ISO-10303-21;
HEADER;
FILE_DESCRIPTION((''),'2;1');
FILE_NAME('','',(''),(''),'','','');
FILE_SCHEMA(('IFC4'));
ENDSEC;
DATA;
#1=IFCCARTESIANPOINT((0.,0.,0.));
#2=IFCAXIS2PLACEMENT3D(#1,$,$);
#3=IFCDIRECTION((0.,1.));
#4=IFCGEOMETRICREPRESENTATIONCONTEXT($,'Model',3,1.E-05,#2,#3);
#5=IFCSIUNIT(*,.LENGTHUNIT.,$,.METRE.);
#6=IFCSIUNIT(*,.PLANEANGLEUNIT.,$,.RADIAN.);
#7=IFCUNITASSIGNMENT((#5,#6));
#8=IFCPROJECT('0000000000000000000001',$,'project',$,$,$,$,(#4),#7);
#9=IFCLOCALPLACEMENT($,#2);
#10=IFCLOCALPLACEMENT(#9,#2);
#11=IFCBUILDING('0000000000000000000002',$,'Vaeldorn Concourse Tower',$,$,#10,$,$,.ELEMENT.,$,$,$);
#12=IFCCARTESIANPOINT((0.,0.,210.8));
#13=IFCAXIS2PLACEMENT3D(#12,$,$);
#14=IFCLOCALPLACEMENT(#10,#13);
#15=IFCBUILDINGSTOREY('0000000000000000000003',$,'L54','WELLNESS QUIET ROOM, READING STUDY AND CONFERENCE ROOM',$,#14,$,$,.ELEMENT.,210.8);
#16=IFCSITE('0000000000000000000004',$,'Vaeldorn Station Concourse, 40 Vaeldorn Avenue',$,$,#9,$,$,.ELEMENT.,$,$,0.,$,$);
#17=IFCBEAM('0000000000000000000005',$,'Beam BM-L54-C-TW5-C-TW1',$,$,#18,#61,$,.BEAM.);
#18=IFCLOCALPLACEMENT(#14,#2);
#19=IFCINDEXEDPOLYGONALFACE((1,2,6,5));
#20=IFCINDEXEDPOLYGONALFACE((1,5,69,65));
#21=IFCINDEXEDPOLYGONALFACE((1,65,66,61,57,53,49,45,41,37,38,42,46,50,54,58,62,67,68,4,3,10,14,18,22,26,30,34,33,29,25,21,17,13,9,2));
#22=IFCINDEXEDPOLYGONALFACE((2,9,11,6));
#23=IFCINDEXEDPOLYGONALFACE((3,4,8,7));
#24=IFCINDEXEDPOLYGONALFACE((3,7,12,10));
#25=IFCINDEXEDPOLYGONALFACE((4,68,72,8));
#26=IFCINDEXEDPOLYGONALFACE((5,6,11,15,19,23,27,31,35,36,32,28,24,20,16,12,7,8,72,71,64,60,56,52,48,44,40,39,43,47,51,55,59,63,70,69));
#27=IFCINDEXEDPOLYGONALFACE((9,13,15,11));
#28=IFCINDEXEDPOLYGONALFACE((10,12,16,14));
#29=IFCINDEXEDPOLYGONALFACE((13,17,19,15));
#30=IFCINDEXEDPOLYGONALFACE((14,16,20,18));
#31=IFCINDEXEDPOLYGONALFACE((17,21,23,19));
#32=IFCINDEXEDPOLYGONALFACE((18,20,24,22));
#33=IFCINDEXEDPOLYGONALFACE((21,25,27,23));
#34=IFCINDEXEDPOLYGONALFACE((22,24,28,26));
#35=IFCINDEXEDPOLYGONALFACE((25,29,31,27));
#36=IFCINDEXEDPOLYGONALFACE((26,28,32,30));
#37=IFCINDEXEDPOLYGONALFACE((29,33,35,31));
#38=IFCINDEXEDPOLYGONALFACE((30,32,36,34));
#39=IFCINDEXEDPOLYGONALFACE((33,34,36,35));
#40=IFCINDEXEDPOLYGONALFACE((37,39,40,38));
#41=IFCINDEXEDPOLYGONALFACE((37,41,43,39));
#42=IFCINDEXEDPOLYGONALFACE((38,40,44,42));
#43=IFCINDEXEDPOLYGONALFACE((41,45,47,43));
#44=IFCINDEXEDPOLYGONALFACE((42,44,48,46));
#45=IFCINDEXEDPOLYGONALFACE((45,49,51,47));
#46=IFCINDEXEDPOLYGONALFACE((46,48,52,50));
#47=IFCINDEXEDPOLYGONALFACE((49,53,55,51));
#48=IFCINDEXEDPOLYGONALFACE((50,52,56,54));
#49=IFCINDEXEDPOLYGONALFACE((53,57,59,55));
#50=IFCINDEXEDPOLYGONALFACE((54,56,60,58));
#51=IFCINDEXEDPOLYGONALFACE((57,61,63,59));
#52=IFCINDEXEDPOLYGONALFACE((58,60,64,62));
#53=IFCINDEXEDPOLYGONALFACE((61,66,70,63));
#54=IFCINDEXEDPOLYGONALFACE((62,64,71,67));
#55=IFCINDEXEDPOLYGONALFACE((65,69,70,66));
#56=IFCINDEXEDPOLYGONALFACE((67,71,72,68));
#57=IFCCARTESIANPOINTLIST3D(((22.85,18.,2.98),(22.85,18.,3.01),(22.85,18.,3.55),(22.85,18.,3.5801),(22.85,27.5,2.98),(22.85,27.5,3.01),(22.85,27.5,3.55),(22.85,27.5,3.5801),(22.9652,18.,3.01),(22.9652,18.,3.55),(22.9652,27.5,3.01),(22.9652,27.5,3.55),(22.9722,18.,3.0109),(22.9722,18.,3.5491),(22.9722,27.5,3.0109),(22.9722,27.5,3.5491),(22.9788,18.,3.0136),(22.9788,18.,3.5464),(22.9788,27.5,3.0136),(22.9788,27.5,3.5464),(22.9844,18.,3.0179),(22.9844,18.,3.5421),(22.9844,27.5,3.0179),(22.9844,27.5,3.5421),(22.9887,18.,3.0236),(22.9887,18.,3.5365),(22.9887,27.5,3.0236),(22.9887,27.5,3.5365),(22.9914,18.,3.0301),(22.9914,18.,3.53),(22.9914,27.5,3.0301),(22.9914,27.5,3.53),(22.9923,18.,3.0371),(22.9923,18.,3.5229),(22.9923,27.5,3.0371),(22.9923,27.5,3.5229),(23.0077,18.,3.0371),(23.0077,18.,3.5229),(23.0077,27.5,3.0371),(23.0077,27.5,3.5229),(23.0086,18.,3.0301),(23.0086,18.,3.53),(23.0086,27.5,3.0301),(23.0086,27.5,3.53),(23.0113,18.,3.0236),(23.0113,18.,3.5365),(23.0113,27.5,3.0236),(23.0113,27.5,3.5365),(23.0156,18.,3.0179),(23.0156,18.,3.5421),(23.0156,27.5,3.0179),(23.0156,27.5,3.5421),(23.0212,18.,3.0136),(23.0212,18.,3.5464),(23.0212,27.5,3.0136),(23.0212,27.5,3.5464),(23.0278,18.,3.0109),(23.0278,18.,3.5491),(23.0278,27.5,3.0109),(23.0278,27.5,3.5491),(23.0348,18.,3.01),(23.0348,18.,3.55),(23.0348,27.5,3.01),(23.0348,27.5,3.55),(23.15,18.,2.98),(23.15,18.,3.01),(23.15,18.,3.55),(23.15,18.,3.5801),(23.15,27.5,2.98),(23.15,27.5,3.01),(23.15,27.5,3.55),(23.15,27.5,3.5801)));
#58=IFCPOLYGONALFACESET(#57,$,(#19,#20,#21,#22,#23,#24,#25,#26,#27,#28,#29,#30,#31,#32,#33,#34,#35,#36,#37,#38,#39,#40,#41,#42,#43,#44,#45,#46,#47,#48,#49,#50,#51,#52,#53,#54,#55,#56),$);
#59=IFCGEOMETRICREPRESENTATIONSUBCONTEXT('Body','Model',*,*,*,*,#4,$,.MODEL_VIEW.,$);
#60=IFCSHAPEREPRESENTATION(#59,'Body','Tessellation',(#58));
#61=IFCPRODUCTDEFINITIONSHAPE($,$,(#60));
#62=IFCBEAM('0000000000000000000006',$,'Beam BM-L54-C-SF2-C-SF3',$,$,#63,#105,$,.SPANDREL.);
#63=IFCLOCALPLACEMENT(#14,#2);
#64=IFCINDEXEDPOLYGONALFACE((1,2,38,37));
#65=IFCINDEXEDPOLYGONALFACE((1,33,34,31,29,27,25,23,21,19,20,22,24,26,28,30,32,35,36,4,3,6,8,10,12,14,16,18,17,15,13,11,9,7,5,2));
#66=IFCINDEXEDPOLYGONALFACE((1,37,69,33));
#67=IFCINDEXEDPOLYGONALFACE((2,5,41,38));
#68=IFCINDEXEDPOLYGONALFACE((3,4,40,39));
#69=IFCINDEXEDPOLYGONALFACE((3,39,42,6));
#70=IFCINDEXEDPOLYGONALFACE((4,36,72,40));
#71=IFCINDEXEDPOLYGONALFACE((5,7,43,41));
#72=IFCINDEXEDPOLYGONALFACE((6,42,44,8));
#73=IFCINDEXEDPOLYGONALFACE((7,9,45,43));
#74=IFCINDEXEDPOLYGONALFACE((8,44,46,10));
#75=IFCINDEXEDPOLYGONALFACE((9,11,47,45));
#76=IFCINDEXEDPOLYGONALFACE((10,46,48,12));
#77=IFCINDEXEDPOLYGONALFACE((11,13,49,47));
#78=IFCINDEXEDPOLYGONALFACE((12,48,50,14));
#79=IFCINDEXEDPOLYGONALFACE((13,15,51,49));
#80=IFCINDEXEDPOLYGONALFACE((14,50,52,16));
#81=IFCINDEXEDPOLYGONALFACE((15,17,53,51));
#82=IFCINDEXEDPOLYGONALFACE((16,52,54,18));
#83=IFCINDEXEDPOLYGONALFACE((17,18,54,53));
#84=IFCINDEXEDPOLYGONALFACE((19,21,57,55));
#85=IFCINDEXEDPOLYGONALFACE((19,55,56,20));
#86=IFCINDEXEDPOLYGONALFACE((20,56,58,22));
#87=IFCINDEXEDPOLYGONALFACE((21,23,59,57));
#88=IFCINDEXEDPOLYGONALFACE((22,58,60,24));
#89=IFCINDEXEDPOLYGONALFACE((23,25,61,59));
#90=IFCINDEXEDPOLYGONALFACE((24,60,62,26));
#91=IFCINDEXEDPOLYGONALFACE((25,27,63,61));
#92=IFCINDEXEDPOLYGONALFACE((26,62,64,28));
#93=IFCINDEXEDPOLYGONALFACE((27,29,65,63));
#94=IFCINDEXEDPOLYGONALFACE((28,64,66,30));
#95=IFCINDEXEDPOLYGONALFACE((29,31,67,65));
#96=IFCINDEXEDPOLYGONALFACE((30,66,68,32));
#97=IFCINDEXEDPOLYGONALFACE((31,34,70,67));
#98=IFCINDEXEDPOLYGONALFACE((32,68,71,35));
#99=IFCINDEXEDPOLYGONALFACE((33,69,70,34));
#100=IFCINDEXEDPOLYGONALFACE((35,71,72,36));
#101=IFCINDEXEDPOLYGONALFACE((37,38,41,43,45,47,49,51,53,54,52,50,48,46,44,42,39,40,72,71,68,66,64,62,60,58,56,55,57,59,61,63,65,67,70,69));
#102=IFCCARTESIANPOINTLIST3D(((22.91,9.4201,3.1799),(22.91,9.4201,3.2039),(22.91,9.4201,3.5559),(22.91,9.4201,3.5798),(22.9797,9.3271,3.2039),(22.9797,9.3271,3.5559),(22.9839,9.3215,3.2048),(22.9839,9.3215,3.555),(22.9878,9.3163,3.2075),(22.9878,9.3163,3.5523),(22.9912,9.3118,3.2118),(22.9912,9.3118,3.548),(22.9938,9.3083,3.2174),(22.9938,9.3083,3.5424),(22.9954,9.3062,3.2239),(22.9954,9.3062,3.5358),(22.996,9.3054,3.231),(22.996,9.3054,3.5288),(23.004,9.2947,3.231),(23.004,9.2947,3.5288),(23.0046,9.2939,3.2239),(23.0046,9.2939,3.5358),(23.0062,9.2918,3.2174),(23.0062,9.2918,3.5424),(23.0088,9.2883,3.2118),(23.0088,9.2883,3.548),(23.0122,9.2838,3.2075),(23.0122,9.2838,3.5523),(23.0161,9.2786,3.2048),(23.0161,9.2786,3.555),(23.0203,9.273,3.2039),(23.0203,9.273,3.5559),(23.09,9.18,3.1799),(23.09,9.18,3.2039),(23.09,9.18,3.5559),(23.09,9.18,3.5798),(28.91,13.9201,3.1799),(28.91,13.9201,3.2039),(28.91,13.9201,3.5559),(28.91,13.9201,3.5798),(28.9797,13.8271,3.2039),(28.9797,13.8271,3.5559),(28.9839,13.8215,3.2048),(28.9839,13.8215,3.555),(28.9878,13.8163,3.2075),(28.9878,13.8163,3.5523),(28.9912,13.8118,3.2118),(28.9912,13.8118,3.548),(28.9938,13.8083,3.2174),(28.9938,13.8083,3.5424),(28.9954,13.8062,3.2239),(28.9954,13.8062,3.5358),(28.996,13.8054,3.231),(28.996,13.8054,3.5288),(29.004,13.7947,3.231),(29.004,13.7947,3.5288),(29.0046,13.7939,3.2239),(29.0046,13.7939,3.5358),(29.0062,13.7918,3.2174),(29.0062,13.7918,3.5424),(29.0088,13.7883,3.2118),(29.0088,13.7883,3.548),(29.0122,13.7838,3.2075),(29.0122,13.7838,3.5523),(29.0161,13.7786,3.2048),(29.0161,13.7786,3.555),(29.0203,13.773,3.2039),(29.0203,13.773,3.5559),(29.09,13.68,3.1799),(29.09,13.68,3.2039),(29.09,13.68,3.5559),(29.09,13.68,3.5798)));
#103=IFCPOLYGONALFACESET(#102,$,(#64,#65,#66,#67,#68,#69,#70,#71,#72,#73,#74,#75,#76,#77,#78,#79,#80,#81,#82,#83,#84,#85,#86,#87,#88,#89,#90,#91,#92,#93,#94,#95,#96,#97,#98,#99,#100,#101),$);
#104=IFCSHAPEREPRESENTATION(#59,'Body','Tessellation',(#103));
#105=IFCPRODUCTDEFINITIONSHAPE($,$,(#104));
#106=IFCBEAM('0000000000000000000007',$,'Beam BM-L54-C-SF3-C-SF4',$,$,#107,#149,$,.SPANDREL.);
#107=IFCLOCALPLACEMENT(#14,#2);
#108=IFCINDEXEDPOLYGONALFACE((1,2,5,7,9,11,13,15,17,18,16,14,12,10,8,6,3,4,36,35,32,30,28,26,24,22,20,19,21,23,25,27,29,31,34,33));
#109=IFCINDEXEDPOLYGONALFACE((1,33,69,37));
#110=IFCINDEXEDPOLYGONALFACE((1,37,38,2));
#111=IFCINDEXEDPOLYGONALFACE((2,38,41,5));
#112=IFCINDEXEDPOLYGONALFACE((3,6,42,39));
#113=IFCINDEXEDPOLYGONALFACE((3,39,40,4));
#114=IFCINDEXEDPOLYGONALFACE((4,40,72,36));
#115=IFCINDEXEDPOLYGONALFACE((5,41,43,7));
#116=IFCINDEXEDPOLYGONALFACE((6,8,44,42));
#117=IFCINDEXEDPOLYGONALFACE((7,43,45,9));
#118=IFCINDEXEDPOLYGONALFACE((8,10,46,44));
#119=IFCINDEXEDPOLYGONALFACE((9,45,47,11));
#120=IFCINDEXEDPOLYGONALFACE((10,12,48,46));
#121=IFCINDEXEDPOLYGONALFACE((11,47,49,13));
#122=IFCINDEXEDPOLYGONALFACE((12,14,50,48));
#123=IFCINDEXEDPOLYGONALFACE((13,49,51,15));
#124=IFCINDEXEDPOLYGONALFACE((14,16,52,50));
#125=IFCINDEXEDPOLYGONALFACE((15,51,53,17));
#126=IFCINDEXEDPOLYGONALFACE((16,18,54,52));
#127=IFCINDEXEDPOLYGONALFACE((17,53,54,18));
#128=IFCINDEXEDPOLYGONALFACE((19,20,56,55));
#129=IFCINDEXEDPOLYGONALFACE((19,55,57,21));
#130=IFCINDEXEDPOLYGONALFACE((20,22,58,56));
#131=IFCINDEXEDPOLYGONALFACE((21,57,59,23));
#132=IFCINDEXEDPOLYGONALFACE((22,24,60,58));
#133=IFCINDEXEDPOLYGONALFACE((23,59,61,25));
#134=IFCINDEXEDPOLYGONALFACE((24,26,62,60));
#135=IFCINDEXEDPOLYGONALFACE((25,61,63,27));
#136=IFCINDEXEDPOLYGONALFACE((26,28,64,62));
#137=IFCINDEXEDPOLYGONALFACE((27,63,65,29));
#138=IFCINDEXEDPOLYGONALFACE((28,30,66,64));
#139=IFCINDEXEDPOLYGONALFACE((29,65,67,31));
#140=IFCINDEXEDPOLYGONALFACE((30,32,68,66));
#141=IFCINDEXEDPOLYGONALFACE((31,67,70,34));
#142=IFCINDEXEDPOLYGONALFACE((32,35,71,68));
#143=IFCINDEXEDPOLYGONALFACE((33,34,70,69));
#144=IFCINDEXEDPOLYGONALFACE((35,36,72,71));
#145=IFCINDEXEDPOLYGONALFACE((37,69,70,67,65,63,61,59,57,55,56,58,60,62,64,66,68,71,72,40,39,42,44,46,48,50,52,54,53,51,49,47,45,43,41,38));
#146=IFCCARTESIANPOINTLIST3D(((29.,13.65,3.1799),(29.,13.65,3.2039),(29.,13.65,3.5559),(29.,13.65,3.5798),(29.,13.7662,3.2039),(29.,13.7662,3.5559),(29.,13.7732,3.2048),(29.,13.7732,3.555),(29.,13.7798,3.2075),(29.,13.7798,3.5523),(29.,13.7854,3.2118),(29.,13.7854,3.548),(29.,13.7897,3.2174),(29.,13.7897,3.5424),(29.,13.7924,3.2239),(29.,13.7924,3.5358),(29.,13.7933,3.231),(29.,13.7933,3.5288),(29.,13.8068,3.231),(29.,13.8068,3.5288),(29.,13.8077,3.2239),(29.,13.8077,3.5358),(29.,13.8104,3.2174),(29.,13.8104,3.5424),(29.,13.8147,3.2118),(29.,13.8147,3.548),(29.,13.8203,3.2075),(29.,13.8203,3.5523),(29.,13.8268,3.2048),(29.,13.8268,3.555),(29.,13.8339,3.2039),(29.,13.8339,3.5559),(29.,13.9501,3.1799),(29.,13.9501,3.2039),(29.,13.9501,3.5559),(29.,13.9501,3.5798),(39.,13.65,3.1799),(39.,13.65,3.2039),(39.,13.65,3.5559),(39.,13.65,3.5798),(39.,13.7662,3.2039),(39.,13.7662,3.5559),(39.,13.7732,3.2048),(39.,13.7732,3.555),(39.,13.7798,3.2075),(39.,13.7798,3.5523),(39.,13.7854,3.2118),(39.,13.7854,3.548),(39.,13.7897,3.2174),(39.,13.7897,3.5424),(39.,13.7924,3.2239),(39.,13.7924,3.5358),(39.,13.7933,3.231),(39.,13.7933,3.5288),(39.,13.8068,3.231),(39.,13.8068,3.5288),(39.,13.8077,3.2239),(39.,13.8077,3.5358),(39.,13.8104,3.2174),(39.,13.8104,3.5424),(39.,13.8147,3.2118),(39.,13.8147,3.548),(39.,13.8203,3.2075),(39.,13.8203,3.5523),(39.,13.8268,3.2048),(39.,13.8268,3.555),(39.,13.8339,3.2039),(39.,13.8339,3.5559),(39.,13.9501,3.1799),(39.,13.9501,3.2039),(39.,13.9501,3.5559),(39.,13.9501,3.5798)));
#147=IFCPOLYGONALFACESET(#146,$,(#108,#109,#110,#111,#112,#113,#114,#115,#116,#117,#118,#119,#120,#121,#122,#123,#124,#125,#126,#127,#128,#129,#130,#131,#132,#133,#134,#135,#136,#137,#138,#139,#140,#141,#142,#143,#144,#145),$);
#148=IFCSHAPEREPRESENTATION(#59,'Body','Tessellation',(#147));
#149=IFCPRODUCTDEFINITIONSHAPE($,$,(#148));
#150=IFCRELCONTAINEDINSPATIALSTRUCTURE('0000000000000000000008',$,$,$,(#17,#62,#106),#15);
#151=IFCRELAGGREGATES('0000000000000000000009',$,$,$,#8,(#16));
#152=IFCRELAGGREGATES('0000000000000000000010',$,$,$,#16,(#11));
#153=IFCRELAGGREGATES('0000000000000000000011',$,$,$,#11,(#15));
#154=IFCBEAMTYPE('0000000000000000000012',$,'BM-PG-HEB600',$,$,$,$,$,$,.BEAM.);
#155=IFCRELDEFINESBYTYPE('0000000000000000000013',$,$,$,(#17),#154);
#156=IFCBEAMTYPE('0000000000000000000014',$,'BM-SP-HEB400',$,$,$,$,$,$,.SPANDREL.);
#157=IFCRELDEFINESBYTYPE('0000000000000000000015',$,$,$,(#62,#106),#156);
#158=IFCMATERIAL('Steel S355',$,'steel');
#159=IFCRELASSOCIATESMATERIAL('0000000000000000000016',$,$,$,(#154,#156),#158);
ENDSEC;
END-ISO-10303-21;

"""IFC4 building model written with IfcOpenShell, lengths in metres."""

from ifc_helpers import new_model, si_unit, direction, frame, origin, origin_2d, place, context, subcontext, project, spatial, i_section, extrude, source, transform, mapped, material, material_profile, profile_set, type_object, element, save


model = new_model("IFC4")

# Units and contexts
model_context = context("Model", 3, precision=1e-05, world=origin(), true_north=direction((0.0, 1.0)))
body_context = subcontext(model_context, "Body", "Model", "MODEL_VIEW")
ifc_project = project(units=[si_unit("LENGTHUNIT", "METRE"), si_unit("PLANEANGLEUNIT", "RADIAN")], contexts=[model_context])

# Site, building, storey
site_placement = place(None, origin())
site = spatial("IfcSite", under=ifc_project, at=site_placement, Name="Vaeldorn Station Concourse, 40 Vaeldorn Avenue", CompositionType="ELEMENT", RefElevation=0.0)
building_placement = place(site_placement, origin())
building = spatial("IfcBuilding", under=site, at=building_placement, Name="Vaeldorn Concourse Tower", CompositionType="ELEMENT")
storey_placement = place(building_placement, frame((0.0, 0.0, 210.8)))
storey = spatial("IfcBuildingStorey", under=building, at=storey_placement, Name="L54", Description="WELLNESS QUIET ROOM, READING STUDY AND CONFERENCE ROOM", CompositionType="ELEMENT", Elevation=210.8)

# Shared definitions
ifc_material_1 = material(Name="Steel S355", Category="steel")

# Beams
ifc_material_profile_1 = material_profile(ifc_material_1, i_section(OverallWidth=0.3, OverallDepth=0.6001, WebThickness=0.0154, FlangeThickness=0.03, FilletRadius=0.0271, at=origin_2d()), Name="HEB 600")
ifc_profile_set_1 = profile_set([ifc_material_profile_1], Name="Steel S355")
beam_type_1 = type_object("IfcBeamType", Name="BM-PG-HEB600", PredefinedType="BEAM", material=ifc_profile_set_1)
shared_shape_1 = source(origin(), body_context, "Body", "SweptSolid", [
    extrude(i_section(OverallWidth=0.3, OverallDepth=0.6001, WebThickness=0.0154, FlangeThickness=0.03, FilletRadius=0.0271, at=origin_2d()), origin(), (0.0, 0.0, 1.0), 9.5),
])
beam_1_placement = place(storey_placement, frame((23.0, 18.0, 3.28), z_axis=(0.0, 1.0, 0.0), x_axis=(-1.0, 0.0, 0.0)))
element("IfcBeam", 1, at=beam_1_placement, inside=storey, type_object=beam_type_1, Name="Beam BM-L54-C-TW5-C-TW1", PredefinedType="BEAM", context=body_context, shape_type="MappedRepresentation", body=[
    mapped(shared_shape_1, transform((0.0, 0.0, 0.0), scale=1.0)),
])
ifc_material_profile_2 = material_profile(ifc_material_1, i_section(OverallWidth=0.3, OverallDepth=0.3999, WebThickness=0.0134, FlangeThickness=0.0239, FilletRadius=0.0271, at=origin_2d()), Name="HEB 400")
ifc_profile_set_2 = profile_set([ifc_material_profile_2], Name="Steel S355")
beam_type_2 = type_object("IfcBeamType", Name="BM-SP-HEB400", PredefinedType="SPANDREL", material=ifc_profile_set_2)
shared_shape_2 = source(origin(), body_context, "Body", "SweptSolid", [
    extrude(i_section(OverallWidth=0.3, OverallDepth=0.3999, WebThickness=0.0134, FlangeThickness=0.0239, FilletRadius=0.0271, at=origin_2d()), origin(), (0.0, 0.0, 1.0), 7.5),
])
beam_2_placement = place(storey_placement, frame((23.0, 9.3, 3.3799), z_axis=(0.8, 0.6, 0.0), x_axis=(-0.6, 0.8, 0.0)))
element("IfcBeam", 2, at=beam_2_placement, inside=storey, type_object=beam_type_2, Name="Beam BM-L54-C-SF2-C-SF3", PredefinedType="SPANDREL", context=body_context, shape_type="MappedRepresentation", body=[
    mapped(shared_shape_2, transform((0.0, 0.0, 0.0), scale=1.0)),
])
shared_shape_3 = source(origin(), body_context, "Body", "SweptSolid", [
    extrude(i_section(OverallWidth=0.3, OverallDepth=0.3999, WebThickness=0.0134, FlangeThickness=0.0239, FilletRadius=0.0271, at=origin_2d()), origin(), (0.0, 0.0, 1.0), 10.0),
])
beam_3_placement = place(storey_placement, frame((29.0, 13.8, 3.3799), z_axis=(1.0, 0.0, 0.0), x_axis=(0.0, 1.0, 0.0)))
element("IfcBeam", 3, at=beam_3_placement, inside=storey, type_object=beam_type_2, Name="Beam BM-L54-C-SF3-C-SF4", PredefinedType="SPANDREL", context=body_context, shape_type="MappedRepresentation", body=[
    mapped(shared_shape_3, transform((0.0, 0.0, 0.0), scale=1.0)),
])

save(model, "model.ifc")
